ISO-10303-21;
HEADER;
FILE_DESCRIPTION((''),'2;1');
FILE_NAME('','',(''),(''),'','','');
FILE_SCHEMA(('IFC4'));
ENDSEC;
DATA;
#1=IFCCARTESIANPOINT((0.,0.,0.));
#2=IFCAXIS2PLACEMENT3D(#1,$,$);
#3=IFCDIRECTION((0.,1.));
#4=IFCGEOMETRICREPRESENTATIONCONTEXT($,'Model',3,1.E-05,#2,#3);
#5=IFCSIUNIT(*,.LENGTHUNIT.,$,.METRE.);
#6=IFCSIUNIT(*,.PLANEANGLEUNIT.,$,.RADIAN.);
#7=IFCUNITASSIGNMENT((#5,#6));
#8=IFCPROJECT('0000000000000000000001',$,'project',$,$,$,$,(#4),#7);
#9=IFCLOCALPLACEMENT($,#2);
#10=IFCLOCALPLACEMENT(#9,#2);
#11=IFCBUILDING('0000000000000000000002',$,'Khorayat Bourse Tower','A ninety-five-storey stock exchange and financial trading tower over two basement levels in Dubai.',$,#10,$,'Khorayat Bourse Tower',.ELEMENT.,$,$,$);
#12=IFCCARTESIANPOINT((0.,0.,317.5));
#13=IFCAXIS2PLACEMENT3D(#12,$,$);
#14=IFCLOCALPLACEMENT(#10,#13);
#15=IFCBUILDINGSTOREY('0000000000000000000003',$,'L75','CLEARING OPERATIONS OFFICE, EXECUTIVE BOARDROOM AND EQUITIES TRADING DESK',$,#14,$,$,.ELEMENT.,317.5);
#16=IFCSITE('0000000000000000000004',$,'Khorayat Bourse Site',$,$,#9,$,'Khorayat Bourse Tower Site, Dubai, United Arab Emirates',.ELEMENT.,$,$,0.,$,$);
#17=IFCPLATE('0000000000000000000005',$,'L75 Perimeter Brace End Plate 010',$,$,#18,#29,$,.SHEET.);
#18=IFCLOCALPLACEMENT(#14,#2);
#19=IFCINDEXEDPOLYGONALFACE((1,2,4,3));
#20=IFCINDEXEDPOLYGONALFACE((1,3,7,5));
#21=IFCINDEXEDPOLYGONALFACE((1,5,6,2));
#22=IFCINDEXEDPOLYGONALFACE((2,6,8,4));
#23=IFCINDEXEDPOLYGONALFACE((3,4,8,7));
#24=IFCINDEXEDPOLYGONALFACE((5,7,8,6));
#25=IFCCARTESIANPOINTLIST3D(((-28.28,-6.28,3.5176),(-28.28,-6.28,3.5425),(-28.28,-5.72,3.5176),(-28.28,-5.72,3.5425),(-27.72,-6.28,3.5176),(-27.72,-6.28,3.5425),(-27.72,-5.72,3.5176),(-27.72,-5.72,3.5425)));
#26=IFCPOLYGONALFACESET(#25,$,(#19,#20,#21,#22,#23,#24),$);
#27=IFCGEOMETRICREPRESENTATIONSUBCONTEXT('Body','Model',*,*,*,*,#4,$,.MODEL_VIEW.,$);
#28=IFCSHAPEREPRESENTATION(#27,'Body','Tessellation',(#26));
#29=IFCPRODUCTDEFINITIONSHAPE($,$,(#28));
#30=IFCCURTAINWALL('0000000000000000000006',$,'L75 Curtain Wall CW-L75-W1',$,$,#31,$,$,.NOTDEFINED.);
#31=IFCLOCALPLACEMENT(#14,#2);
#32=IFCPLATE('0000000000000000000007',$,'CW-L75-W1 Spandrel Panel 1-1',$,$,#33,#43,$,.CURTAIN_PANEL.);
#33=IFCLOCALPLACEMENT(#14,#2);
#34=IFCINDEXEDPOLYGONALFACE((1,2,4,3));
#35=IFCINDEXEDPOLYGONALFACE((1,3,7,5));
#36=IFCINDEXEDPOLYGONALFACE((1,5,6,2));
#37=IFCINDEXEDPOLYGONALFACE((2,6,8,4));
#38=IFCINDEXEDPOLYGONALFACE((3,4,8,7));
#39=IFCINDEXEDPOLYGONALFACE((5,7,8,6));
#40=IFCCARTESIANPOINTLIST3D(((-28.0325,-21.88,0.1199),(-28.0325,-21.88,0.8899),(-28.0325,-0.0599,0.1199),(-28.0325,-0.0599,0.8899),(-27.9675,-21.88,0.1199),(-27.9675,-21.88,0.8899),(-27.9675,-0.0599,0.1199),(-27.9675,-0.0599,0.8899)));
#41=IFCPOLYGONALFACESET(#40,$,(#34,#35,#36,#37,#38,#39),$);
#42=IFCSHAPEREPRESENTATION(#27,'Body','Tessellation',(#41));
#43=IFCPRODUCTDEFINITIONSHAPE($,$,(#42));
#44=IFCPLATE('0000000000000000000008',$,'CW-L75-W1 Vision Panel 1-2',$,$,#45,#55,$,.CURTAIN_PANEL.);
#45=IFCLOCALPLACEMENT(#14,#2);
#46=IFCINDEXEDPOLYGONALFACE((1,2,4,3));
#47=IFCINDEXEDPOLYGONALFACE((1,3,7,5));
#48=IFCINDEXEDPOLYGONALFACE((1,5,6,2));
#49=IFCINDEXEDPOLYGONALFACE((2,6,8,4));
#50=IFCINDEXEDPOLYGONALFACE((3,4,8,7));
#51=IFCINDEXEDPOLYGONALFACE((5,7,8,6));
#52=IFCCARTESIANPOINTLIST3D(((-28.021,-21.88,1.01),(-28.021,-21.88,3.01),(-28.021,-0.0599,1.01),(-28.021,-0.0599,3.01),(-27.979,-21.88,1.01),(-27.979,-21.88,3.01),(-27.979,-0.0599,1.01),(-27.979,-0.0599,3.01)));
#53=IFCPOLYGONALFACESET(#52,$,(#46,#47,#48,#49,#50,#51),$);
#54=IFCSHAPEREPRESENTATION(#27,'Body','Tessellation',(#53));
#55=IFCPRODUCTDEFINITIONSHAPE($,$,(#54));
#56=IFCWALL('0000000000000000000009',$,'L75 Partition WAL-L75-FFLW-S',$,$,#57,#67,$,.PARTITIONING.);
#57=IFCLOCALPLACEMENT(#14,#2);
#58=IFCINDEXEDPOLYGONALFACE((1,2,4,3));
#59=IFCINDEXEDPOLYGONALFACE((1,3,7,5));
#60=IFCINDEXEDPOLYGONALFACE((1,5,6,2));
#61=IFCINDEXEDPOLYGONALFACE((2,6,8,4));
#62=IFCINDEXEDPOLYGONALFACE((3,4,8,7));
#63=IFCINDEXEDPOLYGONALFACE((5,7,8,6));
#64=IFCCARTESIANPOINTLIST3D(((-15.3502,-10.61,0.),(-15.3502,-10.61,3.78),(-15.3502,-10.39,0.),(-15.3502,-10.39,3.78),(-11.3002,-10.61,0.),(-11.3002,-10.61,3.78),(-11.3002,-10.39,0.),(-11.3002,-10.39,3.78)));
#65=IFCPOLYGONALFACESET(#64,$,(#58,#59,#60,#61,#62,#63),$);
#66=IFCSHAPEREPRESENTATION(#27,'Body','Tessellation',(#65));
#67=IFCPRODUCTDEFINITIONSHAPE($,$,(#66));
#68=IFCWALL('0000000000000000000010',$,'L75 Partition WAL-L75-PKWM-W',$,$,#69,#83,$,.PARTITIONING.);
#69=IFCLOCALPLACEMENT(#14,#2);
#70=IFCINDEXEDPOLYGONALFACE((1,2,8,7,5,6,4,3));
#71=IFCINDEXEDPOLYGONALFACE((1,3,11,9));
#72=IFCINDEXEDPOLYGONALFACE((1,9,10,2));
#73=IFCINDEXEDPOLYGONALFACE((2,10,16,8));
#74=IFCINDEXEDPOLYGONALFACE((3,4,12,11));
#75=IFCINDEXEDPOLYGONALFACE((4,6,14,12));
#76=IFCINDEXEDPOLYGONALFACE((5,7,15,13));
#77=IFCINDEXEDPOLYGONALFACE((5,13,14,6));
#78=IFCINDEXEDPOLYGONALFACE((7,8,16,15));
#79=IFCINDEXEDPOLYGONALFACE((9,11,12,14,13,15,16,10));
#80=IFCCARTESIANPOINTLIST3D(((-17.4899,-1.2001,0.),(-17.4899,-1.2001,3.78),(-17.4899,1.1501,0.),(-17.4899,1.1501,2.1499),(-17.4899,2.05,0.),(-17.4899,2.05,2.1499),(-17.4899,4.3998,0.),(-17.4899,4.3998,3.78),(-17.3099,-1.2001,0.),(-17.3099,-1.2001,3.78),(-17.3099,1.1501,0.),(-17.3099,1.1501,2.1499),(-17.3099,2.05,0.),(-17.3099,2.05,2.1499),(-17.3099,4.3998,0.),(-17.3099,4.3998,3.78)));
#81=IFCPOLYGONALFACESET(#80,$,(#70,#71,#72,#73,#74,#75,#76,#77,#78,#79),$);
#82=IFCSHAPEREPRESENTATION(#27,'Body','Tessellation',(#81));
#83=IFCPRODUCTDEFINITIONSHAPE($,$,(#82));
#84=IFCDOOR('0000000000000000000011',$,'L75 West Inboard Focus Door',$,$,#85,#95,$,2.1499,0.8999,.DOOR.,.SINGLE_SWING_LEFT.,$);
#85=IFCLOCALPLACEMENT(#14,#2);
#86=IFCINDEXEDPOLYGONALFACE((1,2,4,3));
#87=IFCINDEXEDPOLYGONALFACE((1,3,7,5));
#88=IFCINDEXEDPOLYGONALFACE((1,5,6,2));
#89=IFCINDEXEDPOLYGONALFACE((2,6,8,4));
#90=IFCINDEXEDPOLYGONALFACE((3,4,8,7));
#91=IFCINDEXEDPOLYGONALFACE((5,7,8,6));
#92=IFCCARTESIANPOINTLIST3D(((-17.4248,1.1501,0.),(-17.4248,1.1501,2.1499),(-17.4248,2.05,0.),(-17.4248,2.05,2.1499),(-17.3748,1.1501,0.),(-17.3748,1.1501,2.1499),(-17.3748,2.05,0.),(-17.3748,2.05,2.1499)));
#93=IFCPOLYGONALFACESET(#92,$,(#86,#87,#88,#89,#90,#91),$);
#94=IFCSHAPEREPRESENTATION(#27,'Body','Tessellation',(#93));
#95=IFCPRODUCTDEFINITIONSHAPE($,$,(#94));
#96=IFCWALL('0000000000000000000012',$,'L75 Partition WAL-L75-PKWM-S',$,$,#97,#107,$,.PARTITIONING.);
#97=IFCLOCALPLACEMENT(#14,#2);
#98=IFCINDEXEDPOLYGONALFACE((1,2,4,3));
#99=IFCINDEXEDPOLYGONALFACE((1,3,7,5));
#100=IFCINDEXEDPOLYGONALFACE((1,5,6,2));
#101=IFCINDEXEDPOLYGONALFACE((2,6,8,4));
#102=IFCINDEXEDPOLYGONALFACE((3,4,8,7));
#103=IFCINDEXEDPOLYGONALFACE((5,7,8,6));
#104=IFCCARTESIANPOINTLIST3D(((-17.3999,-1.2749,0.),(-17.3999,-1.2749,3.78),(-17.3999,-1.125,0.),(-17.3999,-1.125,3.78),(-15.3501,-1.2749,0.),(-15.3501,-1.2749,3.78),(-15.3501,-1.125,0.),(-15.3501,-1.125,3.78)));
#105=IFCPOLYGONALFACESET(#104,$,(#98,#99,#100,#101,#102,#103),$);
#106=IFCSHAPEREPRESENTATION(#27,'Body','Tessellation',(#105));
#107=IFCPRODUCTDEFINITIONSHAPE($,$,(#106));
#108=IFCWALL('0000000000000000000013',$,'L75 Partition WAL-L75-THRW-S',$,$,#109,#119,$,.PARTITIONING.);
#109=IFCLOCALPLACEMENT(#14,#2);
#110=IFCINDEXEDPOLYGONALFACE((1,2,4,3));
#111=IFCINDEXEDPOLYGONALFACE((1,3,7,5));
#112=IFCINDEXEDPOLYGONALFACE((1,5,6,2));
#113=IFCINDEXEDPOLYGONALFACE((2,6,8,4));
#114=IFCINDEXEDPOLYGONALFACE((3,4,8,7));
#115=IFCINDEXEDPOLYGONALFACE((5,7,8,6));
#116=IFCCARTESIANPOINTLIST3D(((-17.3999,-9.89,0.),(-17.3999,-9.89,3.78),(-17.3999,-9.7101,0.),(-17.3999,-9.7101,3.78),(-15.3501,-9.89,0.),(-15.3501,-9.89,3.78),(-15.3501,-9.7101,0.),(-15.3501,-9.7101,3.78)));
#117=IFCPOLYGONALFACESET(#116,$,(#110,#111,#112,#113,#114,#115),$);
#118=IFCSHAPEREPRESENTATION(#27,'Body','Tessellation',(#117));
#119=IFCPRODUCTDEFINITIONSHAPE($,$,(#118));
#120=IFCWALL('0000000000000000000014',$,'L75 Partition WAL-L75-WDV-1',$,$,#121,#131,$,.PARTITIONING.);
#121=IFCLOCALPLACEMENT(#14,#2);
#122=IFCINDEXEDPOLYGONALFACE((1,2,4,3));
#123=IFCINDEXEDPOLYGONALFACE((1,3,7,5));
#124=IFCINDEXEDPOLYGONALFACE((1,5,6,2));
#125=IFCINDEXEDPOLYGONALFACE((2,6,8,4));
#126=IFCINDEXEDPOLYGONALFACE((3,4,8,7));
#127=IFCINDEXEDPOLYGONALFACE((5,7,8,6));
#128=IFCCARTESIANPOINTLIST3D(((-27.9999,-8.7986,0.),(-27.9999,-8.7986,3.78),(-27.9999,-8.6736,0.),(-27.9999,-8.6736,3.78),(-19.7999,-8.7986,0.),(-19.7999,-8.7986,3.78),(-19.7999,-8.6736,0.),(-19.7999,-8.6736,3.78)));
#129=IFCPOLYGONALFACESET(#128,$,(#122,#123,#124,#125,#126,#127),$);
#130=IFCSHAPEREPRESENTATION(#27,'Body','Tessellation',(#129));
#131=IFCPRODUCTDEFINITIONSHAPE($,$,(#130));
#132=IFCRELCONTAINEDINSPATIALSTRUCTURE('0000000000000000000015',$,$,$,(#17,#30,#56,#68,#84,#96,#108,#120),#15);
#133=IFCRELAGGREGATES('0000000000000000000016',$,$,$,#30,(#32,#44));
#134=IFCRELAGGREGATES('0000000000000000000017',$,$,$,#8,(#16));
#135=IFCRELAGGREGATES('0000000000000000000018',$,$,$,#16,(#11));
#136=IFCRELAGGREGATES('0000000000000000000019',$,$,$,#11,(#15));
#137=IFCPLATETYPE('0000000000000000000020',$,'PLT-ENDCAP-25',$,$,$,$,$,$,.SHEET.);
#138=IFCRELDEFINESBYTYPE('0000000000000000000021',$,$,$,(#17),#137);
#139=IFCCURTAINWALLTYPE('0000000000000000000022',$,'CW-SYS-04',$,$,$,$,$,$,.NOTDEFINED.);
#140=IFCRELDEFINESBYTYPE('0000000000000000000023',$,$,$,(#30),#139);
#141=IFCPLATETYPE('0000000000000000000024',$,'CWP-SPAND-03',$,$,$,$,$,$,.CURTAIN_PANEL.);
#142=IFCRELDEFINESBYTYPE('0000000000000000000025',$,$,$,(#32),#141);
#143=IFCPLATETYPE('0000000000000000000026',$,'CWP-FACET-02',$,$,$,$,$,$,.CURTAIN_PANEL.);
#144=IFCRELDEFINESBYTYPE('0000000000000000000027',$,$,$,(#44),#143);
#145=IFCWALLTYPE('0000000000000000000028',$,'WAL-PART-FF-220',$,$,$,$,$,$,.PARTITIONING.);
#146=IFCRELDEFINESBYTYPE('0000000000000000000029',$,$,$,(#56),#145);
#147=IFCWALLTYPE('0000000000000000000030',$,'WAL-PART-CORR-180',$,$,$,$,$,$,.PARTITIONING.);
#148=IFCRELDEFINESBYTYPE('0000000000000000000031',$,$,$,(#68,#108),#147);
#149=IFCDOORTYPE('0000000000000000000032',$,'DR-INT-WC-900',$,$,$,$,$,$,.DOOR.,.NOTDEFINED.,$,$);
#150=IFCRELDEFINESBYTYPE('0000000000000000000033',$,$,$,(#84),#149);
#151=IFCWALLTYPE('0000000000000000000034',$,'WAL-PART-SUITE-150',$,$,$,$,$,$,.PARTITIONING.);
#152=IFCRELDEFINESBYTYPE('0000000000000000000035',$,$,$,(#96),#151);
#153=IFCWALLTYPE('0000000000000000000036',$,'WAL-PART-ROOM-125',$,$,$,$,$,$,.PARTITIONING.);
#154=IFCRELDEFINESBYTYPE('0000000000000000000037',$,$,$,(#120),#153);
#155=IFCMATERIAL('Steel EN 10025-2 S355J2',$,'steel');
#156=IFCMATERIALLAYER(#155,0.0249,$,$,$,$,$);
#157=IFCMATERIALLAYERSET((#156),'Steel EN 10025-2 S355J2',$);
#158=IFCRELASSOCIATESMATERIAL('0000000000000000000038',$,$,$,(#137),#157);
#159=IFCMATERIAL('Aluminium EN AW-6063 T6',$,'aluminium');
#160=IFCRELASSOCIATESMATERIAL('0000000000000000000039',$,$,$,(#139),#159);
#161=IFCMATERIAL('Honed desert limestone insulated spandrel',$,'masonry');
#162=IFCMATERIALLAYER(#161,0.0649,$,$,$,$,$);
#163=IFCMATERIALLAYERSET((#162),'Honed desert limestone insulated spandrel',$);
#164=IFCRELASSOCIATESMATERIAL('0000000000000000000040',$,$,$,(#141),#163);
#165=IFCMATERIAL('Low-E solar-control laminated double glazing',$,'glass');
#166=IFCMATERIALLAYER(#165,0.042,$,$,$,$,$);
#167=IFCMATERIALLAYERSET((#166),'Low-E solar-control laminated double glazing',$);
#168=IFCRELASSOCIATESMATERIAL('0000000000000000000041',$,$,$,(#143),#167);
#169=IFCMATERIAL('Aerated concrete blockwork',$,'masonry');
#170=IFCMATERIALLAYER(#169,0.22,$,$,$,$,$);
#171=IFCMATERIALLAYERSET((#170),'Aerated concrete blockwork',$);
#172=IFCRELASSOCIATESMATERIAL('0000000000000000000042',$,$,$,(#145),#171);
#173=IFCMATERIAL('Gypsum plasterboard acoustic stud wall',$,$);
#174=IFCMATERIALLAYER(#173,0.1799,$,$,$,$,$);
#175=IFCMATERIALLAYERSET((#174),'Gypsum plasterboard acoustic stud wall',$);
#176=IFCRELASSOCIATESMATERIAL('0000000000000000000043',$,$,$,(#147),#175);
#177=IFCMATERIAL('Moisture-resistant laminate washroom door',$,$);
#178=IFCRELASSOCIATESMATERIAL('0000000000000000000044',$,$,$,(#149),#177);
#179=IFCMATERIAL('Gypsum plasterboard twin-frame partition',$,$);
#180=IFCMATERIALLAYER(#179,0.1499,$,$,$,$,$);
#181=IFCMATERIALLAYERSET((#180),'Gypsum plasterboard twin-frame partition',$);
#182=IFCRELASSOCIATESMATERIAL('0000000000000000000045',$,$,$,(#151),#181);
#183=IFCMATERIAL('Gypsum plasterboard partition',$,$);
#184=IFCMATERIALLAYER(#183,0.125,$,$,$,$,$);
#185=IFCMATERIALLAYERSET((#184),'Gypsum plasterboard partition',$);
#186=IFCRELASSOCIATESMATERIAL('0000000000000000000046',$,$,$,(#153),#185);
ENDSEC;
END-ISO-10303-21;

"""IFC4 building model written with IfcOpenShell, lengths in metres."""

from ifc_helpers import new_model, si_unit, direction, frame, frame_2d, origin, origin_2d, place, context, subcontext, project, spatial, rectangle, extrude, source, transform, mapped, material, layer, layer_set, type_object, element, fill, aggregate, save


model = new_model("IFC4")

# Units and contexts
model_context = context("Model", 3, precision=1e-05, world=origin(), true_north=direction((0.0, 1.0)))
body_context = subcontext(model_context, "Body", "Model", "MODEL_VIEW")
ifc_project = project(units=[si_unit("LENGTHUNIT", "METRE"), si_unit("PLANEANGLEUNIT", "RADIAN")], contexts=[model_context])

# Site, building, storey
site_placement = place(None, origin())
site = spatial("IfcSite", under=ifc_project, at=site_placement, Name="Khorayat Bourse Site", LongName="Khorayat Bourse Tower Site, Dubai, United Arab Emirates", CompositionType="ELEMENT", RefElevation=0.0)
building_placement = place(site_placement, origin())
building = spatial("IfcBuilding", under=site, at=building_placement, Name="Khorayat Bourse Tower", Description="A ninety-five-storey stock exchange and financial trading tower over two basement levels in Dubai.", LongName="Khorayat Bourse Tower", CompositionType="ELEMENT")
storey_placement = place(building_placement, frame((0.0, 0.0, 317.5)))
storey = spatial("IfcBuildingStorey", under=building, at=storey_placement, Name="L75", Description="CLEARING OPERATIONS OFFICE, EXECUTIVE BOARDROOM AND EQUITIES TRADING DESK", CompositionType="ELEMENT", Elevation=317.5)

# Plate
ifc_material_1 = material(Name="Steel EN 10025-2 S355J2", Category="steel")
ifc_layer_1 = layer(ifc_material_1, 0.0249)
ifc_layer_set_1 = layer_set([ifc_layer_1], Name="Steel EN 10025-2 S355J2")
plate_type_1 = type_object("IfcPlateType", Name="PLT-ENDCAP-25", PredefinedType="SHEET", material=ifc_layer_set_1)
shared_shape_1 = source(origin(), body_context, "Body", "SweptSolid", [
    extrude(rectangle(XDim=0.5601, YDim=0.5601, at=origin_2d()), origin(), (0.0, 0.0, 1.0), 0.0249),
])
for number, where, z_axis, x_axis, name in (
    (1, (-28.0, -6.0, 3.5176), (0.0, 0.0, 1.0), (1.0, 0.0, 0.0), "L75 Perimeter Brace End Plate 010"),
):
    element("IfcPlate", number, at=place(storey_placement, frame(where, z_axis=z_axis, x_axis=x_axis)), inside=storey, type_object=plate_type_1, Name=name, PredefinedType="SHEET", context=body_context, shape_type="MappedRepresentation", body=[
        mapped(shared_shape_1, transform((0.0, 0.0, 0.0), scale=1.0)),
    ])

# Curtain wall, plates
ifc_material_2 = material(Name="Aluminium EN AW-6063 T6", Category="aluminium")
curtain_wall_type = type_object("IfcCurtainWallType", Name="CW-SYS-04", PredefinedType="NOTDEFINED", material=ifc_material_2)
curtain_wall_placement = place(storey_placement, origin())
curtain_wall = element("IfcCurtainWall", 2, at=curtain_wall_placement, inside=storey, type_object=curtain_wall_type, Name="L75 Curtain Wall CW-L75-W1", PredefinedType="NOTDEFINED")
ifc_material_3 = material(Name="Honed desert limestone insulated spandrel", Category="masonry")
ifc_layer_2 = layer(ifc_material_3, 0.0649)
ifc_layer_set_2 = layer_set([ifc_layer_2], Name="Honed desert limestone insulated spandrel")
plate_type_2 = type_object("IfcPlateType", Name="CWP-SPAND-03", PredefinedType="CURTAIN_PANEL", material=ifc_layer_set_2)
shared_shape_2 = source(origin(), body_context, "Body", "SweptSolid", [
    extrude(rectangle(XDim=21.8201, YDim=0.0649, at=origin_2d()), origin(), (0.0, 0.0, 1.0), 0.77),
])
plate_1_placement = place(storey_placement, frame((-28.0, -10.97, 0.1199), z_axis=(0.0, 0.0, 1.0), x_axis=(0.0, 1.0, 0.0)))
plate_1 = element("IfcPlate", 3, at=plate_1_placement, type_object=plate_type_2, Name="CW-L75-W1 Spandrel Panel 1-1", PredefinedType="CURTAIN_PANEL", context=body_context, shape_type="MappedRepresentation", body=[
    mapped(shared_shape_2, transform((0.0, 0.0, 0.0), scale=1.0)),
])
ifc_material_4 = material(Name="Low-E solar-control laminated double glazing", Category="glass")
ifc_layer_3 = layer(ifc_material_4, 0.042)
ifc_layer_set_3 = layer_set([ifc_layer_3], Name="Low-E solar-control laminated double glazing")
plate_type_3 = type_object("IfcPlateType", Name="CWP-FACET-02", PredefinedType="CURTAIN_PANEL", material=ifc_layer_set_3)
shared_shape_3 = source(origin(), body_context, "Body", "SweptSolid", [
    extrude(rectangle(XDim=21.8201, YDim=0.042, at=origin_2d()), origin(), (0.0, 0.0, 1.0), 2.0),
])
plate_2_placement = place(storey_placement, frame((-28.0, -10.97, 1.01), z_axis=(0.0, 0.0, 1.0), x_axis=(0.0, 1.0, 0.0)))
plate_2 = element("IfcPlate", 4, at=plate_2_placement, type_object=plate_type_3, Name="CW-L75-W1 Vision Panel 1-2", PredefinedType="CURTAIN_PANEL", context=body_context, shape_type="MappedRepresentation", body=[
    mapped(shared_shape_3, transform((0.0, 0.0, 0.0), scale=1.0)),
])
aggregate(curtain_wall, [plate_1, plate_2])

# Wall
ifc_material_5 = material(Name="Aerated concrete blockwork", Category="masonry")
ifc_layer_4 = layer(ifc_material_5, 0.22)
ifc_layer_set_4 = layer_set([ifc_layer_4], Name="Aerated concrete blockwork")
wall_type_1 = type_object("IfcWallType", Name="WAL-PART-FF-220", PredefinedType="PARTITIONING", material=ifc_layer_set_4)
shared_shape_4 = source(origin(), body_context, "Body", "SweptSolid", [
    extrude(rectangle(XDim=4.05, YDim=0.22, at=frame_2d((2.0249, 0.0))), origin(), (0.0, 0.0, 1.0), 3.78),
])
wall_1_placement = place(storey_placement, frame((-15.3501, -10.5, 0.0), z_axis=(0.0, 0.0, 1.0), x_axis=(1.0, 0.0, 0.0)))
element("IfcWall", 5, at=wall_1_placement, inside=storey, type_object=wall_type_1, Name="L75 Partition WAL-L75-FFLW-S", PredefinedType="PARTITIONING", context=body_context, shape_type="MappedRepresentation", body=[
    mapped(shared_shape_4, transform((0.0, 0.0, 0.0), scale=1.0)),
])

# Wall, opening, door
ifc_material_6 = material(Name="Gypsum plasterboard acoustic stud wall")
ifc_layer_5 = layer(ifc_material_6, 0.1799)
ifc_layer_set_5 = layer_set([ifc_layer_5], Name="Gypsum plasterboard acoustic stud wall")
wall_type_2 = type_object("IfcWallType", Name="WAL-PART-CORR-180", PredefinedType="PARTITIONING", material=ifc_layer_set_5)
shared_shape_5 = source(origin(), body_context, "Body", "SweptSolid", [
    extrude(rectangle(XDim=5.5999, YDim=0.1799, at=frame_2d((2.7998, 0.0))), origin(), (0.0, 0.0, 1.0), 3.78),
])
wall_2_placement = place(storey_placement, frame((-17.3999, -1.2, 0.0), z_axis=(0.0, 0.0, 1.0), x_axis=(0.0, 1.0, 0.0)))
wall_2 = element("IfcWall", 6, at=wall_2_placement, inside=storey, type_object=wall_type_2, Name="L75 Partition WAL-L75-PKWM-W", PredefinedType="PARTITIONING", context=body_context, shape_type="MappedRepresentation", body=[
    mapped(shared_shape_5, transform((0.0, 0.0, 0.0), scale=1.0)),
])
shared_shape_6 = source(origin(), body_context, "Body", "SweptSolid", [
    extrude(rectangle(XDim=0.8999, YDim=2.1499, at=frame_2d((0.45, 1.075))), frame((0.0, 0.0999, 0.0), z_axis=(0.0, -1.0, 0.0), x_axis=(1.0, 0.0, 0.0)), (0.0, 0.0, 1.0), 0.2),
])
opening_placement = place(wall_2_placement, frame((2.3501, 0.0, 0.0)))
opening = element("IfcOpeningElement", 7, at=opening_placement, cuts=wall_2, PredefinedType="OPENING", context=body_context, shape_type="MappedRepresentation", body=[
    mapped(shared_shape_6, transform((0.0, 0.0, 0.0), scale=1.0)),
])
ifc_material_7 = material(Name="Moisture-resistant laminate washroom door")
door_type = type_object("IfcDoorType", Name="DR-INT-WC-900", OperationType="NOTDEFINED", PredefinedType="DOOR", material=ifc_material_7)
shared_shape_7 = source(origin(), body_context, "Body", "SweptSolid", [
    extrude(rectangle(XDim=0.8999, YDim=2.1499, at=frame_2d((0.45, 1.075))), frame((0.0, 0.0249, 0.0), z_axis=(0.0, -1.0, 0.0), x_axis=(1.0, 0.0, 0.0)), (0.0, 0.0, 1.0), 0.05),
])
door_placement = place(opening_placement, origin())
door = element("IfcDoor", 8, at=door_placement, inside=storey, type_object=door_type, Name="L75 West Inboard Focus Door", OperationType="SINGLE_SWING_LEFT", OverallHeight=2.1499, OverallWidth=0.8999, PredefinedType="DOOR", context=body_context, shape_type="MappedRepresentation", body=[
    mapped(shared_shape_7, transform((0.0, 0.0, 0.0), scale=1.0)),
])
fill(opening, door)

# Walls
ifc_material_8 = material(Name="Gypsum plasterboard twin-frame partition")
ifc_layer_6 = layer(ifc_material_8, 0.1499)
ifc_layer_set_6 = layer_set([ifc_layer_6], Name="Gypsum plasterboard twin-frame partition")
wall_type_3 = type_object("IfcWallType", Name="WAL-PART-SUITE-150", PredefinedType="PARTITIONING", material=ifc_layer_set_6)
shared_shape_8 = source(origin(), body_context, "Body", "SweptSolid", [
    extrude(rectangle(XDim=2.0498, YDim=0.1499, at=frame_2d((1.0249, 0.0))), origin(), (0.0, 0.0, 1.0), 3.78),
])
wall_3_placement = place(storey_placement, frame((-17.3999, -1.2, 0.0), z_axis=(0.0, 0.0, 1.0), x_axis=(1.0, 0.0, 0.0)))
element("IfcWall", 9, at=wall_3_placement, inside=storey, type_object=wall_type_3, Name="L75 Partition WAL-L75-PKWM-S", PredefinedType="PARTITIONING", context=body_context, shape_type="MappedRepresentation", body=[
    mapped(shared_shape_8, transform((0.0, 0.0, 0.0), scale=1.0)),
])
shared_shape_9 = source(origin(), body_context, "Body", "SweptSolid", [
    extrude(rectangle(XDim=2.0498, YDim=0.1799, at=frame_2d((1.0249, 0.0))), origin(), (0.0, 0.0, 1.0), 3.78),
])
wall_4_placement = place(storey_placement, frame((-17.3999, -9.8, 0.0), z_axis=(0.0, 0.0, 1.0), x_axis=(1.0, 0.0, 0.0)))
element("IfcWall", 10, at=wall_4_placement, inside=storey, type_object=wall_type_2, Name="L75 Partition WAL-L75-THRW-S", PredefinedType="PARTITIONING", context=body_context, shape_type="MappedRepresentation", body=[
    mapped(shared_shape_9, transform((0.0, 0.0, 0.0), scale=1.0)),
])
ifc_material_9 = material(Name="Gypsum plasterboard partition")
ifc_layer_7 = layer(ifc_material_9, 0.125)
ifc_layer_set_7 = layer_set([ifc_layer_7], Name="Gypsum plasterboard partition")
wall_type_4 = type_object("IfcWallType", Name="WAL-PART-ROOM-125", PredefinedType="PARTITIONING", material=ifc_layer_set_7)
shared_shape_10 = source(origin(), body_context, "Body", "SweptSolid", [
    extrude(rectangle(XDim=8.2, YDim=0.125, at=frame_2d((4.1001, 0.0))), origin(), (0.0, 0.0, 1.0), 3.78),
])
wall_5_placement = place(storey_placement, frame((-28.0, -8.7361, 0.0), z_axis=(0.0, 0.0, 1.0), x_axis=(1.0, 0.0, 0.0)))
element("IfcWall", 11, at=wall_5_placement, inside=storey, type_object=wall_type_4, Name="L75 Partition WAL-L75-WDV-1", PredefinedType="PARTITIONING", context=body_context, shape_type="MappedRepresentation", body=[
    mapped(shared_shape_10, transform((0.0, 0.0, 0.0), scale=1.0)),
])

save(model, "model.ifc")
